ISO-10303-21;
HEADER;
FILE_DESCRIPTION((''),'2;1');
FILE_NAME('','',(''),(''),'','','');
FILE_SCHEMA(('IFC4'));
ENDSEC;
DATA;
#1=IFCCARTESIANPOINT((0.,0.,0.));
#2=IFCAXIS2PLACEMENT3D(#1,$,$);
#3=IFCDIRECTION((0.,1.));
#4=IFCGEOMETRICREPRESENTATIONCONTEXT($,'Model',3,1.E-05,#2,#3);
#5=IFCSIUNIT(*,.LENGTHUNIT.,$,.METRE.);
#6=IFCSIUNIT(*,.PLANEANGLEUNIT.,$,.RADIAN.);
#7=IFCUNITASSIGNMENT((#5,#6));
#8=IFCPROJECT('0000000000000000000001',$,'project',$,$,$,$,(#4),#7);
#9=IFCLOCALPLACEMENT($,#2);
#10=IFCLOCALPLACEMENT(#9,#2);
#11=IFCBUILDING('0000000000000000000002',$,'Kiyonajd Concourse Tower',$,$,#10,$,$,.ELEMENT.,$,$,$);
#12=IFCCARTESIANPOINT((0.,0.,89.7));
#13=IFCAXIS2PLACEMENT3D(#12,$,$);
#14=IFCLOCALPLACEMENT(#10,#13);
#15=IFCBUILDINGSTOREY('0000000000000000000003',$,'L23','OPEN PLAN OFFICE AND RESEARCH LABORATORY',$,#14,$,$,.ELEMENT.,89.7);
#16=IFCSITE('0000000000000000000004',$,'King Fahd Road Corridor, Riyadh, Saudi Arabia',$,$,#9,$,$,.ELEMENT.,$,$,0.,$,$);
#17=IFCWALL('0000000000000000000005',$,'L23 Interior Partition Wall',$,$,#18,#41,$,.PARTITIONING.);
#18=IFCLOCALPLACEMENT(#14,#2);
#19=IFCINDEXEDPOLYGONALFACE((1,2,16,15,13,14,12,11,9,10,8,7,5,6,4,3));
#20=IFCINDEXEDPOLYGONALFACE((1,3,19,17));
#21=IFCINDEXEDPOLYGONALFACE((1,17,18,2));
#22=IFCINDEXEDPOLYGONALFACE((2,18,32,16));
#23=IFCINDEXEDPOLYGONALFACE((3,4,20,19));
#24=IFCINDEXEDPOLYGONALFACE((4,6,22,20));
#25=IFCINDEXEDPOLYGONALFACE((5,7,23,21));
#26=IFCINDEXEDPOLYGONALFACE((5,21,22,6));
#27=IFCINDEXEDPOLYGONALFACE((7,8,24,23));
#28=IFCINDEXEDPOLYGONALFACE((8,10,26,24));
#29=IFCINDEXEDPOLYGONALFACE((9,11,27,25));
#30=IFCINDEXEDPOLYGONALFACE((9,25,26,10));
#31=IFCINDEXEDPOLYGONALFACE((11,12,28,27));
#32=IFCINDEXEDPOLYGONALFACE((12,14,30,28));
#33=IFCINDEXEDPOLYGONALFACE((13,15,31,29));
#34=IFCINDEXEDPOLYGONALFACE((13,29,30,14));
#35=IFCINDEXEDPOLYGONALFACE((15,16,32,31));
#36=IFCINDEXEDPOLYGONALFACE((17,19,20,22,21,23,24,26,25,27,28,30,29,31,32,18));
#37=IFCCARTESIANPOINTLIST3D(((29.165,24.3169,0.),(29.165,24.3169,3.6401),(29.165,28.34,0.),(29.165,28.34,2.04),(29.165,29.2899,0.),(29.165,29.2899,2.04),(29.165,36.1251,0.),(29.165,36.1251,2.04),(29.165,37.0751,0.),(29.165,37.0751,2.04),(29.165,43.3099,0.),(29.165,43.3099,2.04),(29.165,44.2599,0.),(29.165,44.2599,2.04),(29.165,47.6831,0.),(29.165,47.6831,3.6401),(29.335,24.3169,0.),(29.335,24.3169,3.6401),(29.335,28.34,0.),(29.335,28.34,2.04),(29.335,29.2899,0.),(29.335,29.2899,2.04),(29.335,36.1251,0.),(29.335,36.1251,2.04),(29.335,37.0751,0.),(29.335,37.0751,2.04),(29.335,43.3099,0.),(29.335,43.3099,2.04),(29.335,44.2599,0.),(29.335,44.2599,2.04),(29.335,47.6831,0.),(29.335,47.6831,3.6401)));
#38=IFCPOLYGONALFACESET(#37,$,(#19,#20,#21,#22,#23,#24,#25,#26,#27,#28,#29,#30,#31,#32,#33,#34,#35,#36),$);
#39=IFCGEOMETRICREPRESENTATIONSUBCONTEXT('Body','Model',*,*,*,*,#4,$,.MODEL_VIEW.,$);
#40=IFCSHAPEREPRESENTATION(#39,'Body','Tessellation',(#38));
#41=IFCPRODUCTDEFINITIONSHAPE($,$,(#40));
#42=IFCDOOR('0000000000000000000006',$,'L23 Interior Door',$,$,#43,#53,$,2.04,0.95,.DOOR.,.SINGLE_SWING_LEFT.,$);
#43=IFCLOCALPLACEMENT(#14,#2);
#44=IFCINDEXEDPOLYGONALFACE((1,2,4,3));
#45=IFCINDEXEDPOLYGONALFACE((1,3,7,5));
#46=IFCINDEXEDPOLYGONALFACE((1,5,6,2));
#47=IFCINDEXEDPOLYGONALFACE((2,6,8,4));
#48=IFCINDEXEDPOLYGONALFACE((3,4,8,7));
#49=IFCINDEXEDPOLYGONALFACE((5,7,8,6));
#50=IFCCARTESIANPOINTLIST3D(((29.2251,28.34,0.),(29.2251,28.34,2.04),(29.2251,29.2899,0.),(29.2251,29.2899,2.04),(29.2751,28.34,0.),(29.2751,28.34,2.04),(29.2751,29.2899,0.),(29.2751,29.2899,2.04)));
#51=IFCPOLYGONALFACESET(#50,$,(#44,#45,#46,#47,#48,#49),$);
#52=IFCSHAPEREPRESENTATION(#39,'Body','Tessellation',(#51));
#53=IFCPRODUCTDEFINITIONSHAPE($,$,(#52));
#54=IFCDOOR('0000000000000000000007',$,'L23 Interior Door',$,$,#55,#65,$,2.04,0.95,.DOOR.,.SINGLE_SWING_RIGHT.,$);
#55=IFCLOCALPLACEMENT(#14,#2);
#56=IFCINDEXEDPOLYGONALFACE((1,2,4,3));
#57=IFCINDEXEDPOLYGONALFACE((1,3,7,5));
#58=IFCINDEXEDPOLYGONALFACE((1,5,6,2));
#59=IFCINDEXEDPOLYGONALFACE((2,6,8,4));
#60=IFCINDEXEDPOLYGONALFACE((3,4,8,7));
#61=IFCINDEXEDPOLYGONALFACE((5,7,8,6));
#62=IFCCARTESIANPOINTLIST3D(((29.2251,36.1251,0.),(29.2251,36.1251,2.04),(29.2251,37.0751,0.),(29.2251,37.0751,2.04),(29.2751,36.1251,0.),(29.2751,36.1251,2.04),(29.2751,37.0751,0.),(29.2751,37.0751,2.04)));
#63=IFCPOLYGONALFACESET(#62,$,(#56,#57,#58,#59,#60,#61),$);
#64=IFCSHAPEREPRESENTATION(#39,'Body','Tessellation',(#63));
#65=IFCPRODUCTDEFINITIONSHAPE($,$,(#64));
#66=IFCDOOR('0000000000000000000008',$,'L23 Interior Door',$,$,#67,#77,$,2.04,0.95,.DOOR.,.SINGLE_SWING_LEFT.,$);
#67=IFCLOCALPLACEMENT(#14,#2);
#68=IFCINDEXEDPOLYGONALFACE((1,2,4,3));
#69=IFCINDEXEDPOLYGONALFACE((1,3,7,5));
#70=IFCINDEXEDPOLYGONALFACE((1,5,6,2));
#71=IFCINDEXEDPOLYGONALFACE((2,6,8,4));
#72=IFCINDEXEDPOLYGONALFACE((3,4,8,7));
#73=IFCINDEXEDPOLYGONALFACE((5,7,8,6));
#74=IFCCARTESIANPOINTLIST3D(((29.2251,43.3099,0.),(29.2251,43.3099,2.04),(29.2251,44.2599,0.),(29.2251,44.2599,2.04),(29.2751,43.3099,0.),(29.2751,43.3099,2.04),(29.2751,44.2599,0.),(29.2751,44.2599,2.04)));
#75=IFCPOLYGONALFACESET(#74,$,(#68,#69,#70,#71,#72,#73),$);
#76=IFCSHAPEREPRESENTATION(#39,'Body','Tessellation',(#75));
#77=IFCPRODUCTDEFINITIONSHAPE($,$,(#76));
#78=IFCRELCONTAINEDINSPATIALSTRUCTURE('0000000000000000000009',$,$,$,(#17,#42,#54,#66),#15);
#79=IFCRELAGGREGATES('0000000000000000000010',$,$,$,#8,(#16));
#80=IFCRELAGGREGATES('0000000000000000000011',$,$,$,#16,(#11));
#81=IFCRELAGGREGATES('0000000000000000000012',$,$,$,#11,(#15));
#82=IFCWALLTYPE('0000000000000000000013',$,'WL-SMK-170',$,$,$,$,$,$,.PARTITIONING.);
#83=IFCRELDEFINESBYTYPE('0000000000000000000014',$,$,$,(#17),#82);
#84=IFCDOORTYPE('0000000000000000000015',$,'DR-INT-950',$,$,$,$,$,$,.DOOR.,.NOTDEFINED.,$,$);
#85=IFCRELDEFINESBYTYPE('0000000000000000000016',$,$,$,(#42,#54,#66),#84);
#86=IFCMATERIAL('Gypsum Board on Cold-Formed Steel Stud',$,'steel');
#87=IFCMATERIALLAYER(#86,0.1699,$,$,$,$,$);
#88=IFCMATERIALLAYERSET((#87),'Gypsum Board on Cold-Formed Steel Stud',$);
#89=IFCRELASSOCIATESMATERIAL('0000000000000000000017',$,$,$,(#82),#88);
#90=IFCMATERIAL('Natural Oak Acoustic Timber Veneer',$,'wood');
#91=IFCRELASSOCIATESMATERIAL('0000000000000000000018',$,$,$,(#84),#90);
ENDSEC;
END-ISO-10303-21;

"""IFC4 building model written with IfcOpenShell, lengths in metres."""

from ifc_helpers import new_model, si_unit, direction, frame, frame_2d, origin, place, context, subcontext, project, spatial, rectangle, extrude, material, layer, layer_set, type_object, element, fill, save


model = new_model("IFC4")

# Units and contexts
model_context = context("Model", 3, precision=1e-05, world=origin(), true_north=direction((0.0, 1.0)))
body_context = subcontext(model_context, "Body", "Model", "MODEL_VIEW")
ifc_project = project(units=[si_unit("LENGTHUNIT", "METRE"), si_unit("PLANEANGLEUNIT", "RADIAN")], contexts=[model_context])

# Site, building, storey
site_placement = place(None, origin())
site = spatial("IfcSite", under=ifc_project, at=site_placement, Name="King Fahd Road Corridor, Riyadh, Saudi Arabia", CompositionType="ELEMENT", RefElevation=0.0)
building_placement = place(site_placement, origin())
building = spatial("IfcBuilding", under=site, at=building_placement, Name="Kiyonajd Concourse Tower", CompositionType="ELEMENT")
storey_placement = place(building_placement, frame((0.0, 0.0, 89.7)))
storey = spatial("IfcBuildingStorey", under=building, at=storey_placement, Name="L23", Description="OPEN PLAN OFFICE AND RESEARCH LABORATORY", CompositionType="ELEMENT", Elevation=89.7)

# Shared definitions
ifc_material_1 = material(Name="Gypsum Board on Cold-Formed Steel Stud", Category="steel")

# Wall, openings, doors
ifc_layer_1 = layer(ifc_material_1, 0.1699)
ifc_layer_set_1 = layer_set([ifc_layer_1], Name="Gypsum Board on Cold-Formed Steel Stud")
wall_type_1 = type_object("IfcWallType", Name="WL-SMK-170", PredefinedType="PARTITIONING", material=ifc_layer_set_1)
ifc_material_2 = material(Name="Natural Oak Acoustic Timber Veneer", Category="wood")
door_type = type_object("IfcDoorType", Name="DR-INT-950", OperationType="NOTDEFINED", PredefinedType="DOOR", material=ifc_material_2)
wall_1_placement = place(storey_placement, frame((29.25, 24.3169, 0.0), z_axis=(0.0, 0.0, 1.0), x_axis=(0.0, 1.0, 0.0)))
wall_1 = element("IfcWall", 1, at=wall_1_placement, inside=storey, type_object=wall_type_1, Name="L23 Interior Partition Wall", PredefinedType="PARTITIONING", context=body_context, shape_type="SweptSolid", body=[
    extrude(rectangle(XDim=23.3662, YDim=0.1699, at=frame_2d((11.6831, 0.0))), origin(), (0.0, 0.0, 1.0), 3.6401),
])
opening_1_placement = place(wall_1_placement, frame((4.0229, 0.0, 0.0)))
opening_1 = element("IfcOpeningElement", 2, at=opening_1_placement, cuts=wall_1, PredefinedType="OPENING", context=body_context, shape_type="SweptSolid", body=[
    extrude(rectangle(XDim=0.95, YDim=2.04, at=frame_2d((0.4751, 1.02))), frame((0.0, 0.095, 0.0), z_axis=(0.0, -1.0, 0.0), x_axis=(1.0, 0.0, 0.0)), (0.0, 0.0, 1.0), 0.1899),
])
opening_2_placement = place(wall_1_placement, frame((11.8081, 0.0, 0.0)))
opening_2 = element("IfcOpeningElement", 3, at=opening_2_placement, cuts=wall_1, PredefinedType="OPENING", context=body_context, shape_type="SweptSolid", body=[
    extrude(rectangle(XDim=0.95, YDim=2.04, at=frame_2d((0.4751, 1.02))), frame((0.0, 0.095, 0.0), z_axis=(0.0, -1.0, 0.0), x_axis=(1.0, 0.0, 0.0)), (0.0, 0.0, 1.0), 0.1899),
])
opening_3_placement = place(wall_1_placement, frame((18.9929, 0.0, 0.0)))
opening_3 = element("IfcOpeningElement", 4, at=opening_3_placement, cuts=wall_1, PredefinedType="OPENING", context=body_context, shape_type="SweptSolid", body=[
    extrude(rectangle(XDim=0.95, YDim=2.04, at=frame_2d((0.4751, 1.02))), frame((0.0, 0.095, 0.0), z_axis=(0.0, -1.0, 0.0), x_axis=(1.0, 0.0, 0.0)), (0.0, 0.0, 1.0), 0.1899),
])
door_1_placement = place(opening_1_placement, origin())
door_1 = element("IfcDoor", 5, at=door_1_placement, inside=storey, type_object=door_type, Name="L23 Interior Door", OperationType="SINGLE_SWING_LEFT", OverallHeight=2.04, OverallWidth=0.95, PredefinedType="DOOR", context=body_context, shape_type="SweptSolid", body=[
    extrude(rectangle(XDim=0.95, YDim=2.04, at=frame_2d((0.4751, 1.02))), frame((0.0, 0.0249, 0.0), z_axis=(0.0, -1.0, 0.0), x_axis=(1.0, 0.0, 0.0)), (0.0, 0.0, 1.0), 0.05),
])
fill(opening_1, door_1)
door_2_placement = place(opening_2_placement, origin())
door_2 = element("IfcDoor", 6, at=door_2_placement, inside=storey, type_object=door_type, Name="L23 Interior Door", OperationType="SINGLE_SWING_RIGHT", OverallHeight=2.04, OverallWidth=0.95, PredefinedType="DOOR", context=body_context, shape_type="SweptSolid", body=[
    extrude(rectangle(XDim=0.95, YDim=2.04, at=frame_2d((0.4751, 1.02))), frame((0.0, 0.0249, 0.0), z_axis=(0.0, -1.0, 0.0), x_axis=(1.0, 0.0, 0.0)), (0.0, 0.0, 1.0), 0.05),
])
fill(opening_2, door_2)
door_3_placement = place(opening_3_placement, origin())
door_3 = element("IfcDoor", 7, at=door_3_placement, inside=storey, type_object=door_type, Name="L23 Interior Door", OperationType="SINGLE_SWING_LEFT", OverallHeight=2.04, OverallWidth=0.95, PredefinedType="DOOR", context=body_context, shape_type="SweptSolid", body=[
    extrude(rectangle(XDim=0.95, YDim=2.04, at=frame_2d((0.4751, 1.02))), frame((0.0, 0.0249, 0.0), z_axis=(0.0, -1.0, 0.0), x_axis=(1.0, 0.0, 0.0)), (0.0, 0.0, 1.0), 0.05),
])
fill(opening_3, door_3)

save(model, "model.ifc")
